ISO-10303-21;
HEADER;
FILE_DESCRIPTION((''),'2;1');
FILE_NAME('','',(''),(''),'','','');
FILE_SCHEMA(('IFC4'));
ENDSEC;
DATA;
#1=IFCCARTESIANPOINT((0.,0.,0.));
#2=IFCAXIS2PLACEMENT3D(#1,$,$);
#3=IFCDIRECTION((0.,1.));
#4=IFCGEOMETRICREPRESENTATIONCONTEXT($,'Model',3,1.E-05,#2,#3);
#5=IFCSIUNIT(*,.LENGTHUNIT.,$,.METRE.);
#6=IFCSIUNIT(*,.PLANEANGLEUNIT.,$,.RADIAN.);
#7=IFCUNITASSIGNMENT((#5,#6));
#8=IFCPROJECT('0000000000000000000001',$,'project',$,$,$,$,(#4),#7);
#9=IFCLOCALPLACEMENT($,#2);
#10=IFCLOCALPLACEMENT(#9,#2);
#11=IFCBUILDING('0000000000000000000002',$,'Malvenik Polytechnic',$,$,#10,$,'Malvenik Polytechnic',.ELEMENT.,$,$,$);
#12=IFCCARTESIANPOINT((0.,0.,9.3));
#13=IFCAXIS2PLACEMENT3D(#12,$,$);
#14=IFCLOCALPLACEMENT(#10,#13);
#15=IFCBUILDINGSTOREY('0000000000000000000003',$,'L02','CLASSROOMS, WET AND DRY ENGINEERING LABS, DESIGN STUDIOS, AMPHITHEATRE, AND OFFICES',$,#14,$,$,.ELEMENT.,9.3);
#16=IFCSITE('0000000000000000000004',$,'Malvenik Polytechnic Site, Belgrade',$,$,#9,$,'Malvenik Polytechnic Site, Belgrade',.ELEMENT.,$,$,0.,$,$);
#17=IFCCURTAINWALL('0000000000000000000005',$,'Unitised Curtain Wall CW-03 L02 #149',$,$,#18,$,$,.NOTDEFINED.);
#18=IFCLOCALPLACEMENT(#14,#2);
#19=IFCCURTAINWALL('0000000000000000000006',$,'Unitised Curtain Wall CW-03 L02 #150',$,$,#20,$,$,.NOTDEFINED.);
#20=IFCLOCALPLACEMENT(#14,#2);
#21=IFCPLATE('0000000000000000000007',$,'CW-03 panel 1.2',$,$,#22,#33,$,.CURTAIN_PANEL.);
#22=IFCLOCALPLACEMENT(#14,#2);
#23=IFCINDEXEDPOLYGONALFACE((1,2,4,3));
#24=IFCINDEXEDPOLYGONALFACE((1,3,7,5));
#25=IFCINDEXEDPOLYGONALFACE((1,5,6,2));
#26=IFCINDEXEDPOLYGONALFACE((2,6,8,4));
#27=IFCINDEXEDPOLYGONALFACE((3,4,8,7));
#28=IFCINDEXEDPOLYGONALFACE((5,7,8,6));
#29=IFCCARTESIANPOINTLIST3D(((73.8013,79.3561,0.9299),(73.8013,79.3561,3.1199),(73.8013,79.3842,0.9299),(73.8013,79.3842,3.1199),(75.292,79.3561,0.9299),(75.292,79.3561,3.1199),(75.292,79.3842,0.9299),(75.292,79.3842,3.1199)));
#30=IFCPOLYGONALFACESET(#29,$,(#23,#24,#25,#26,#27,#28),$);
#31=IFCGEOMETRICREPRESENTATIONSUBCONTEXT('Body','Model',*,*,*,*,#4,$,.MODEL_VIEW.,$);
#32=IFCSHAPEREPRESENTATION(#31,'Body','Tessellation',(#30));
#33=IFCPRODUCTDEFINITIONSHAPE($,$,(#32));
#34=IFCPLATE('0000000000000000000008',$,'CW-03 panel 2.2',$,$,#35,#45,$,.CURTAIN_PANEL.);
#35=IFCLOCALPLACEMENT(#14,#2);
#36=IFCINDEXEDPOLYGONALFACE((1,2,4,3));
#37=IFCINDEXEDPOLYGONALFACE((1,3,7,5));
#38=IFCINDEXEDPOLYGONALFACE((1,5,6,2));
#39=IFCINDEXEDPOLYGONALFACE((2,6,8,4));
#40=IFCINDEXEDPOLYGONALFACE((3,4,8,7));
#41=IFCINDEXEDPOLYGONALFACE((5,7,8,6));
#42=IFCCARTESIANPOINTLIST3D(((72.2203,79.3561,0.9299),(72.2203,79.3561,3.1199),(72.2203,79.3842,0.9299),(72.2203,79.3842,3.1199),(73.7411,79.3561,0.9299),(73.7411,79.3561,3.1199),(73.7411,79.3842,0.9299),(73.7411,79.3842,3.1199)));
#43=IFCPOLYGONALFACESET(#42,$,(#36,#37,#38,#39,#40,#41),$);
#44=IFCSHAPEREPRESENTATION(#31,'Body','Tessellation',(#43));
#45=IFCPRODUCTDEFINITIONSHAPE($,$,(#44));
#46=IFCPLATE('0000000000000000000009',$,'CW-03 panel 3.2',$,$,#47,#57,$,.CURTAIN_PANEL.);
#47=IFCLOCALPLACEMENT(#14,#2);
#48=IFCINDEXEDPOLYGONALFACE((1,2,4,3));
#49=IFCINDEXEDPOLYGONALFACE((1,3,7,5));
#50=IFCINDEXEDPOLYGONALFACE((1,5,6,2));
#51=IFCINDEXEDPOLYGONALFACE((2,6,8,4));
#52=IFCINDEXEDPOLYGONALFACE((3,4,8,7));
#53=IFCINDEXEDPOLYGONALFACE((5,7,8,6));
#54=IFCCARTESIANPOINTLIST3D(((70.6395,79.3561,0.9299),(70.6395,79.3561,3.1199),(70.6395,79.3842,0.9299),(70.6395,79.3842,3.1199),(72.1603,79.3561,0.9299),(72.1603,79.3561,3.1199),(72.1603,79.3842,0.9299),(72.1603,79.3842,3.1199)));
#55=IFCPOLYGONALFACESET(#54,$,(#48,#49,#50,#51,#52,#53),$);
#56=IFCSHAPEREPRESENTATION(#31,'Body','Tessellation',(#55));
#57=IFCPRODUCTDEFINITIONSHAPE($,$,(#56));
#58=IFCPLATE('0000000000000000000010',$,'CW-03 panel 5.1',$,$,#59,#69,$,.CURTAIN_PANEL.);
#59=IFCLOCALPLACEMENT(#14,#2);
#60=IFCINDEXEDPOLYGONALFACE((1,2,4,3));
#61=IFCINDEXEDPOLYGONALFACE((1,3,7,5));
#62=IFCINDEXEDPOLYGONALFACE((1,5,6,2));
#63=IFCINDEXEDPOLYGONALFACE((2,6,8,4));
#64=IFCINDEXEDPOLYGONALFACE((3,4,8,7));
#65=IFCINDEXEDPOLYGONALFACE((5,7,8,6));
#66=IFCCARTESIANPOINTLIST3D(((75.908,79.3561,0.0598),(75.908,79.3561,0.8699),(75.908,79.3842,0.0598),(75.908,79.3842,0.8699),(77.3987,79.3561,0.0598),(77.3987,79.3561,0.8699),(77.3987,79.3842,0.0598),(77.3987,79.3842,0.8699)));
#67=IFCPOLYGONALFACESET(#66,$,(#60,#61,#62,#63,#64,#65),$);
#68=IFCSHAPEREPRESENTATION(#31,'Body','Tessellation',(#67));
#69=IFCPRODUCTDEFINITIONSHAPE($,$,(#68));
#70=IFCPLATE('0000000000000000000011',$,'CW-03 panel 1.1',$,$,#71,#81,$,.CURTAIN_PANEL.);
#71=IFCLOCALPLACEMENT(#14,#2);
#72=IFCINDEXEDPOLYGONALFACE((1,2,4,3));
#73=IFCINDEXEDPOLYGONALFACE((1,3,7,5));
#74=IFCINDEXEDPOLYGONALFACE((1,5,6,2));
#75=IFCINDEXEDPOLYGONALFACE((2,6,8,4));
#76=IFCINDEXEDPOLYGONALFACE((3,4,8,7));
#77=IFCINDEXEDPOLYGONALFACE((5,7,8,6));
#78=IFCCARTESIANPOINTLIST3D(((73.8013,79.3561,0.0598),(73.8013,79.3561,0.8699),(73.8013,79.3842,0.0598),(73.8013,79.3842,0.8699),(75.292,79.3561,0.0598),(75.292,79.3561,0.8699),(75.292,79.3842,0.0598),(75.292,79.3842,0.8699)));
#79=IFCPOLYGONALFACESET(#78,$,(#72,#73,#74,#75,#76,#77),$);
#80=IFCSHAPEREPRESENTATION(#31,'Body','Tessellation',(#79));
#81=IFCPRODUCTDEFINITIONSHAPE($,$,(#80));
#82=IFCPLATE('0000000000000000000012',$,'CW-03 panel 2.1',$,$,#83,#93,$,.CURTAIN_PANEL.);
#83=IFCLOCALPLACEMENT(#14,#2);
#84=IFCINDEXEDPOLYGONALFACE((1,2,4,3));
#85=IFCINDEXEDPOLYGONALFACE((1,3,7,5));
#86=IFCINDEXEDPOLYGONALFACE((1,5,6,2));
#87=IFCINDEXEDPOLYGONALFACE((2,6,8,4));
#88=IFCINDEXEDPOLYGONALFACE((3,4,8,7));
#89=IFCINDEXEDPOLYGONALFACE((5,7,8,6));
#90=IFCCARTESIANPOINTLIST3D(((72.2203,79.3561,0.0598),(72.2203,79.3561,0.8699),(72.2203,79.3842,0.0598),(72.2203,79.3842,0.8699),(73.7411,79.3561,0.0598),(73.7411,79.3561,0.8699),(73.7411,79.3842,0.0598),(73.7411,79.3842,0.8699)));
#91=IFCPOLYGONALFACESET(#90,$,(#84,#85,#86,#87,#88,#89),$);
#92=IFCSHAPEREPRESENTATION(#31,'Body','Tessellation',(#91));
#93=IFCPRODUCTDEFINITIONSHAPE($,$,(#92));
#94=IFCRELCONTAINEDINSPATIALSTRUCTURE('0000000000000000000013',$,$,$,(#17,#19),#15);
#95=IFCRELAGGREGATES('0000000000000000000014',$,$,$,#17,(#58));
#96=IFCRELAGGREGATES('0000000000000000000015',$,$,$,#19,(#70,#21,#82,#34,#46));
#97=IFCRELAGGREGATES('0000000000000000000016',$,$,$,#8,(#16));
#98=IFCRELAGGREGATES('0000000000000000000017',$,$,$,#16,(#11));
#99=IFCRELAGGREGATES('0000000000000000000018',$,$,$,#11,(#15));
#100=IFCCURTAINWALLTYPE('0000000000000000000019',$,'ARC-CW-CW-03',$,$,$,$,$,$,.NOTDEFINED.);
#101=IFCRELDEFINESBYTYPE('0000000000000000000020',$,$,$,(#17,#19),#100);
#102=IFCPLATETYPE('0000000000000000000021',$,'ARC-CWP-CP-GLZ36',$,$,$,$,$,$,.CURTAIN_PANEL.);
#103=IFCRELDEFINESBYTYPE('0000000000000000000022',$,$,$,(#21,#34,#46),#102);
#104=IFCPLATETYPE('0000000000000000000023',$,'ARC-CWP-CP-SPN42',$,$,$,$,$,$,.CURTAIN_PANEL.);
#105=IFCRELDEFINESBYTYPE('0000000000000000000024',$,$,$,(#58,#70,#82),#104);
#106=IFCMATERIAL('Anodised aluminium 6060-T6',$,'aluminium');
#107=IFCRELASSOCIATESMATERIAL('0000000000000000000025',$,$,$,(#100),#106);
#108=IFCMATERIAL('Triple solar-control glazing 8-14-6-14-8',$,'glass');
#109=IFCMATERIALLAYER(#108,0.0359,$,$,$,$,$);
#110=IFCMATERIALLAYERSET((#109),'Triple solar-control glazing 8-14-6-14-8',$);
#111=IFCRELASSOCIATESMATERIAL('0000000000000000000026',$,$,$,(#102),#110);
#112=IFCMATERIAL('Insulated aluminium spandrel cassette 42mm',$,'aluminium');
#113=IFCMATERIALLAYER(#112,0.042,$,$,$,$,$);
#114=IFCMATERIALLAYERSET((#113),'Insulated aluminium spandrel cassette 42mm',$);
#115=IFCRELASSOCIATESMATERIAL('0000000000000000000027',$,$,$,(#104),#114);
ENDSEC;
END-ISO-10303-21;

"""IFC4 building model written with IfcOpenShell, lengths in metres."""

from ifc_helpers import new_model, si_unit, direction, frame, origin, origin_2d, place, context, subcontext, project, spatial, rectangle, extrude, material, layer, layer_set, type_object, element, aggregate, save


model = new_model("IFC4")

# Units and contexts
model_context = context("Model", 3, precision=1e-05, world=origin(), true_north=direction((0.0, 1.0)))
body_context = subcontext(model_context, "Body", "Model", "MODEL_VIEW")
ifc_project = project(units=[si_unit("LENGTHUNIT", "METRE"), si_unit("PLANEANGLEUNIT", "RADIAN")], contexts=[model_context])

# Site, building, storey
site_placement = place(None, origin())
site = spatial("IfcSite", under=ifc_project, at=site_placement, Name="Malvenik Polytechnic Site, Belgrade", LongName="Malvenik Polytechnic Site, Belgrade", CompositionType="ELEMENT", RefElevation=0.0)
building_placement = place(site_placement, origin())
building = spatial("IfcBuilding", under=site, at=building_placement, Name="Malvenik Polytechnic", LongName="Malvenik Polytechnic", CompositionType="ELEMENT")
storey_placement = place(building_placement, frame((0.0, 0.0, 9.3)))
storey = spatial("IfcBuildingStorey", under=building, at=storey_placement, Name="L02", Description="CLASSROOMS, WET AND DRY ENGINEERING LABS, DESIGN STUDIOS, AMPHITHEATRE, AND OFFICES", CompositionType="ELEMENT", Elevation=9.3)

# Curtain wall
ifc_material_1 = material(Name="Anodised aluminium 6060-T6", Category="aluminium")
curtain_wall_type = type_object("IfcCurtainWallType", Name="ARC-CW-CW-03", PredefinedType="NOTDEFINED", material=ifc_material_1)
curtain_wall_1_placement = place(storey_placement, origin())
curtain_wall_1 = element("IfcCurtainWall", 1, at=curtain_wall_1_placement, inside=storey, type_object=curtain_wall_type, Name="Unitised Curtain Wall CW-03 L02 #149", PredefinedType="NOTDEFINED")

# Curtain wall
curtain_wall_2_placement = place(storey_placement, origin())
curtain_wall_2 = element("IfcCurtainWall", 2, at=curtain_wall_2_placement, inside=storey, type_object=curtain_wall_type, Name="Unitised Curtain Wall CW-03 L02 #150", PredefinedType="NOTDEFINED")

# Plates
ifc_material_2 = material(Name="Triple solar-control glazing 8-14-6-14-8", Category="glass")
ifc_layer_1 = layer(ifc_material_2, 0.0359)
ifc_layer_set_1 = layer_set([ifc_layer_1], Name="Triple solar-control glazing 8-14-6-14-8")
plate_type_1 = type_object("IfcPlateType", Name="ARC-CWP-CP-GLZ36", PredefinedType="CURTAIN_PANEL", material=ifc_layer_set_1)
plate_1_placement = place(storey_placement, frame((74.5466, 79.3701, 0.9299), z_axis=(0.0, 0.0, 1.0), x_axis=(-1.0, 0.0, 0.0)))
plate_1 = element("IfcPlate", 3, at=plate_1_placement, type_object=plate_type_1, Name="CW-03 panel 1.2", PredefinedType="CURTAIN_PANEL", context=body_context, shape_type="SweptSolid", body=[
    extrude(rectangle(XDim=1.4907, YDim=0.0281, at=origin_2d()), origin(), (0.0, 0.0, 1.0), 2.1899),
])
plate_2_placement = place(storey_placement, frame((72.9807, 79.3701, 0.9299), z_axis=(0.0, 0.0, 1.0), x_axis=(-1.0, 0.0, 0.0)))
plate_2 = element("IfcPlate", 4, at=plate_2_placement, type_object=plate_type_1, Name="CW-03 panel 2.2", PredefinedType="CURTAIN_PANEL", context=body_context, shape_type="SweptSolid", body=[
    extrude(rectangle(XDim=1.5208, YDim=0.0281, at=origin_2d()), origin(), (0.0, 0.0, 1.0), 2.1899),
])
plate_3_placement = place(storey_placement, frame((71.3999, 79.3701, 0.9299), z_axis=(0.0, 0.0, 1.0), x_axis=(-1.0, 0.0, 0.0)))
plate_3 = element("IfcPlate", 5, at=plate_3_placement, type_object=plate_type_1, Name="CW-03 panel 3.2", PredefinedType="CURTAIN_PANEL", context=body_context, shape_type="SweptSolid", body=[
    extrude(rectangle(XDim=1.5208, YDim=0.0281, at=origin_2d()), origin(), (0.0, 0.0, 1.0), 2.1899),
])
ifc_material_3 = material(Name="Insulated aluminium spandrel cassette 42mm", Category="aluminium")
ifc_layer_2 = layer(ifc_material_3, 0.042)
ifc_layer_set_2 = layer_set([ifc_layer_2], Name="Insulated aluminium spandrel cassette 42mm")
plate_type_2 = type_object("IfcPlateType", Name="ARC-CWP-CP-SPN42", PredefinedType="CURTAIN_PANEL", material=ifc_layer_set_2)
plate_4_placement = place(storey_placement, frame((76.6533, 79.3701, 0.0598), z_axis=(0.0, 0.0, 1.0), x_axis=(-1.0, 0.0, 0.0)))
plate_4 = element("IfcPlate", 6, at=plate_4_placement, type_object=plate_type_2, Name="CW-03 panel 5.1", PredefinedType="CURTAIN_PANEL", context=body_context, shape_type="SweptSolid", body=[
    extrude(rectangle(XDim=1.4907, YDim=0.0281, at=origin_2d()), origin(), (0.0, 0.0, 1.0), 0.8101),
])
aggregate(curtain_wall_1, [plate_4])
plate_5_placement = place(storey_placement, frame((74.5466, 79.3701, 0.0598), z_axis=(0.0, 0.0, 1.0), x_axis=(-1.0, 0.0, 0.0)))
plate_5 = element("IfcPlate", 7, at=plate_5_placement, type_object=plate_type_2, Name="CW-03 panel 1.1", PredefinedType="CURTAIN_PANEL", context=body_context, shape_type="SweptSolid", body=[
    extrude(rectangle(XDim=1.4907, YDim=0.0281, at=origin_2d()), origin(), (0.0, 0.0, 1.0), 0.8101),
])
plate_6_placement = place(storey_placement, frame((72.9807, 79.3701, 0.0598), z_axis=(0.0, 0.0, 1.0), x_axis=(-1.0, 0.0, 0.0)))
plate_6 = element("IfcPlate", 8, at=plate_6_placement, type_object=plate_type_2, Name="CW-03 panel 2.1", PredefinedType="CURTAIN_PANEL", context=body_context, shape_type="SweptSolid", body=[
    extrude(rectangle(XDim=1.5208, YDim=0.0281, at=origin_2d()), origin(), (0.0, 0.0, 1.0), 0.8101),
])
aggregate(curtain_wall_2, [plate_5, plate_1, plate_6, plate_2, plate_3])

save(model, "model.ifc")
